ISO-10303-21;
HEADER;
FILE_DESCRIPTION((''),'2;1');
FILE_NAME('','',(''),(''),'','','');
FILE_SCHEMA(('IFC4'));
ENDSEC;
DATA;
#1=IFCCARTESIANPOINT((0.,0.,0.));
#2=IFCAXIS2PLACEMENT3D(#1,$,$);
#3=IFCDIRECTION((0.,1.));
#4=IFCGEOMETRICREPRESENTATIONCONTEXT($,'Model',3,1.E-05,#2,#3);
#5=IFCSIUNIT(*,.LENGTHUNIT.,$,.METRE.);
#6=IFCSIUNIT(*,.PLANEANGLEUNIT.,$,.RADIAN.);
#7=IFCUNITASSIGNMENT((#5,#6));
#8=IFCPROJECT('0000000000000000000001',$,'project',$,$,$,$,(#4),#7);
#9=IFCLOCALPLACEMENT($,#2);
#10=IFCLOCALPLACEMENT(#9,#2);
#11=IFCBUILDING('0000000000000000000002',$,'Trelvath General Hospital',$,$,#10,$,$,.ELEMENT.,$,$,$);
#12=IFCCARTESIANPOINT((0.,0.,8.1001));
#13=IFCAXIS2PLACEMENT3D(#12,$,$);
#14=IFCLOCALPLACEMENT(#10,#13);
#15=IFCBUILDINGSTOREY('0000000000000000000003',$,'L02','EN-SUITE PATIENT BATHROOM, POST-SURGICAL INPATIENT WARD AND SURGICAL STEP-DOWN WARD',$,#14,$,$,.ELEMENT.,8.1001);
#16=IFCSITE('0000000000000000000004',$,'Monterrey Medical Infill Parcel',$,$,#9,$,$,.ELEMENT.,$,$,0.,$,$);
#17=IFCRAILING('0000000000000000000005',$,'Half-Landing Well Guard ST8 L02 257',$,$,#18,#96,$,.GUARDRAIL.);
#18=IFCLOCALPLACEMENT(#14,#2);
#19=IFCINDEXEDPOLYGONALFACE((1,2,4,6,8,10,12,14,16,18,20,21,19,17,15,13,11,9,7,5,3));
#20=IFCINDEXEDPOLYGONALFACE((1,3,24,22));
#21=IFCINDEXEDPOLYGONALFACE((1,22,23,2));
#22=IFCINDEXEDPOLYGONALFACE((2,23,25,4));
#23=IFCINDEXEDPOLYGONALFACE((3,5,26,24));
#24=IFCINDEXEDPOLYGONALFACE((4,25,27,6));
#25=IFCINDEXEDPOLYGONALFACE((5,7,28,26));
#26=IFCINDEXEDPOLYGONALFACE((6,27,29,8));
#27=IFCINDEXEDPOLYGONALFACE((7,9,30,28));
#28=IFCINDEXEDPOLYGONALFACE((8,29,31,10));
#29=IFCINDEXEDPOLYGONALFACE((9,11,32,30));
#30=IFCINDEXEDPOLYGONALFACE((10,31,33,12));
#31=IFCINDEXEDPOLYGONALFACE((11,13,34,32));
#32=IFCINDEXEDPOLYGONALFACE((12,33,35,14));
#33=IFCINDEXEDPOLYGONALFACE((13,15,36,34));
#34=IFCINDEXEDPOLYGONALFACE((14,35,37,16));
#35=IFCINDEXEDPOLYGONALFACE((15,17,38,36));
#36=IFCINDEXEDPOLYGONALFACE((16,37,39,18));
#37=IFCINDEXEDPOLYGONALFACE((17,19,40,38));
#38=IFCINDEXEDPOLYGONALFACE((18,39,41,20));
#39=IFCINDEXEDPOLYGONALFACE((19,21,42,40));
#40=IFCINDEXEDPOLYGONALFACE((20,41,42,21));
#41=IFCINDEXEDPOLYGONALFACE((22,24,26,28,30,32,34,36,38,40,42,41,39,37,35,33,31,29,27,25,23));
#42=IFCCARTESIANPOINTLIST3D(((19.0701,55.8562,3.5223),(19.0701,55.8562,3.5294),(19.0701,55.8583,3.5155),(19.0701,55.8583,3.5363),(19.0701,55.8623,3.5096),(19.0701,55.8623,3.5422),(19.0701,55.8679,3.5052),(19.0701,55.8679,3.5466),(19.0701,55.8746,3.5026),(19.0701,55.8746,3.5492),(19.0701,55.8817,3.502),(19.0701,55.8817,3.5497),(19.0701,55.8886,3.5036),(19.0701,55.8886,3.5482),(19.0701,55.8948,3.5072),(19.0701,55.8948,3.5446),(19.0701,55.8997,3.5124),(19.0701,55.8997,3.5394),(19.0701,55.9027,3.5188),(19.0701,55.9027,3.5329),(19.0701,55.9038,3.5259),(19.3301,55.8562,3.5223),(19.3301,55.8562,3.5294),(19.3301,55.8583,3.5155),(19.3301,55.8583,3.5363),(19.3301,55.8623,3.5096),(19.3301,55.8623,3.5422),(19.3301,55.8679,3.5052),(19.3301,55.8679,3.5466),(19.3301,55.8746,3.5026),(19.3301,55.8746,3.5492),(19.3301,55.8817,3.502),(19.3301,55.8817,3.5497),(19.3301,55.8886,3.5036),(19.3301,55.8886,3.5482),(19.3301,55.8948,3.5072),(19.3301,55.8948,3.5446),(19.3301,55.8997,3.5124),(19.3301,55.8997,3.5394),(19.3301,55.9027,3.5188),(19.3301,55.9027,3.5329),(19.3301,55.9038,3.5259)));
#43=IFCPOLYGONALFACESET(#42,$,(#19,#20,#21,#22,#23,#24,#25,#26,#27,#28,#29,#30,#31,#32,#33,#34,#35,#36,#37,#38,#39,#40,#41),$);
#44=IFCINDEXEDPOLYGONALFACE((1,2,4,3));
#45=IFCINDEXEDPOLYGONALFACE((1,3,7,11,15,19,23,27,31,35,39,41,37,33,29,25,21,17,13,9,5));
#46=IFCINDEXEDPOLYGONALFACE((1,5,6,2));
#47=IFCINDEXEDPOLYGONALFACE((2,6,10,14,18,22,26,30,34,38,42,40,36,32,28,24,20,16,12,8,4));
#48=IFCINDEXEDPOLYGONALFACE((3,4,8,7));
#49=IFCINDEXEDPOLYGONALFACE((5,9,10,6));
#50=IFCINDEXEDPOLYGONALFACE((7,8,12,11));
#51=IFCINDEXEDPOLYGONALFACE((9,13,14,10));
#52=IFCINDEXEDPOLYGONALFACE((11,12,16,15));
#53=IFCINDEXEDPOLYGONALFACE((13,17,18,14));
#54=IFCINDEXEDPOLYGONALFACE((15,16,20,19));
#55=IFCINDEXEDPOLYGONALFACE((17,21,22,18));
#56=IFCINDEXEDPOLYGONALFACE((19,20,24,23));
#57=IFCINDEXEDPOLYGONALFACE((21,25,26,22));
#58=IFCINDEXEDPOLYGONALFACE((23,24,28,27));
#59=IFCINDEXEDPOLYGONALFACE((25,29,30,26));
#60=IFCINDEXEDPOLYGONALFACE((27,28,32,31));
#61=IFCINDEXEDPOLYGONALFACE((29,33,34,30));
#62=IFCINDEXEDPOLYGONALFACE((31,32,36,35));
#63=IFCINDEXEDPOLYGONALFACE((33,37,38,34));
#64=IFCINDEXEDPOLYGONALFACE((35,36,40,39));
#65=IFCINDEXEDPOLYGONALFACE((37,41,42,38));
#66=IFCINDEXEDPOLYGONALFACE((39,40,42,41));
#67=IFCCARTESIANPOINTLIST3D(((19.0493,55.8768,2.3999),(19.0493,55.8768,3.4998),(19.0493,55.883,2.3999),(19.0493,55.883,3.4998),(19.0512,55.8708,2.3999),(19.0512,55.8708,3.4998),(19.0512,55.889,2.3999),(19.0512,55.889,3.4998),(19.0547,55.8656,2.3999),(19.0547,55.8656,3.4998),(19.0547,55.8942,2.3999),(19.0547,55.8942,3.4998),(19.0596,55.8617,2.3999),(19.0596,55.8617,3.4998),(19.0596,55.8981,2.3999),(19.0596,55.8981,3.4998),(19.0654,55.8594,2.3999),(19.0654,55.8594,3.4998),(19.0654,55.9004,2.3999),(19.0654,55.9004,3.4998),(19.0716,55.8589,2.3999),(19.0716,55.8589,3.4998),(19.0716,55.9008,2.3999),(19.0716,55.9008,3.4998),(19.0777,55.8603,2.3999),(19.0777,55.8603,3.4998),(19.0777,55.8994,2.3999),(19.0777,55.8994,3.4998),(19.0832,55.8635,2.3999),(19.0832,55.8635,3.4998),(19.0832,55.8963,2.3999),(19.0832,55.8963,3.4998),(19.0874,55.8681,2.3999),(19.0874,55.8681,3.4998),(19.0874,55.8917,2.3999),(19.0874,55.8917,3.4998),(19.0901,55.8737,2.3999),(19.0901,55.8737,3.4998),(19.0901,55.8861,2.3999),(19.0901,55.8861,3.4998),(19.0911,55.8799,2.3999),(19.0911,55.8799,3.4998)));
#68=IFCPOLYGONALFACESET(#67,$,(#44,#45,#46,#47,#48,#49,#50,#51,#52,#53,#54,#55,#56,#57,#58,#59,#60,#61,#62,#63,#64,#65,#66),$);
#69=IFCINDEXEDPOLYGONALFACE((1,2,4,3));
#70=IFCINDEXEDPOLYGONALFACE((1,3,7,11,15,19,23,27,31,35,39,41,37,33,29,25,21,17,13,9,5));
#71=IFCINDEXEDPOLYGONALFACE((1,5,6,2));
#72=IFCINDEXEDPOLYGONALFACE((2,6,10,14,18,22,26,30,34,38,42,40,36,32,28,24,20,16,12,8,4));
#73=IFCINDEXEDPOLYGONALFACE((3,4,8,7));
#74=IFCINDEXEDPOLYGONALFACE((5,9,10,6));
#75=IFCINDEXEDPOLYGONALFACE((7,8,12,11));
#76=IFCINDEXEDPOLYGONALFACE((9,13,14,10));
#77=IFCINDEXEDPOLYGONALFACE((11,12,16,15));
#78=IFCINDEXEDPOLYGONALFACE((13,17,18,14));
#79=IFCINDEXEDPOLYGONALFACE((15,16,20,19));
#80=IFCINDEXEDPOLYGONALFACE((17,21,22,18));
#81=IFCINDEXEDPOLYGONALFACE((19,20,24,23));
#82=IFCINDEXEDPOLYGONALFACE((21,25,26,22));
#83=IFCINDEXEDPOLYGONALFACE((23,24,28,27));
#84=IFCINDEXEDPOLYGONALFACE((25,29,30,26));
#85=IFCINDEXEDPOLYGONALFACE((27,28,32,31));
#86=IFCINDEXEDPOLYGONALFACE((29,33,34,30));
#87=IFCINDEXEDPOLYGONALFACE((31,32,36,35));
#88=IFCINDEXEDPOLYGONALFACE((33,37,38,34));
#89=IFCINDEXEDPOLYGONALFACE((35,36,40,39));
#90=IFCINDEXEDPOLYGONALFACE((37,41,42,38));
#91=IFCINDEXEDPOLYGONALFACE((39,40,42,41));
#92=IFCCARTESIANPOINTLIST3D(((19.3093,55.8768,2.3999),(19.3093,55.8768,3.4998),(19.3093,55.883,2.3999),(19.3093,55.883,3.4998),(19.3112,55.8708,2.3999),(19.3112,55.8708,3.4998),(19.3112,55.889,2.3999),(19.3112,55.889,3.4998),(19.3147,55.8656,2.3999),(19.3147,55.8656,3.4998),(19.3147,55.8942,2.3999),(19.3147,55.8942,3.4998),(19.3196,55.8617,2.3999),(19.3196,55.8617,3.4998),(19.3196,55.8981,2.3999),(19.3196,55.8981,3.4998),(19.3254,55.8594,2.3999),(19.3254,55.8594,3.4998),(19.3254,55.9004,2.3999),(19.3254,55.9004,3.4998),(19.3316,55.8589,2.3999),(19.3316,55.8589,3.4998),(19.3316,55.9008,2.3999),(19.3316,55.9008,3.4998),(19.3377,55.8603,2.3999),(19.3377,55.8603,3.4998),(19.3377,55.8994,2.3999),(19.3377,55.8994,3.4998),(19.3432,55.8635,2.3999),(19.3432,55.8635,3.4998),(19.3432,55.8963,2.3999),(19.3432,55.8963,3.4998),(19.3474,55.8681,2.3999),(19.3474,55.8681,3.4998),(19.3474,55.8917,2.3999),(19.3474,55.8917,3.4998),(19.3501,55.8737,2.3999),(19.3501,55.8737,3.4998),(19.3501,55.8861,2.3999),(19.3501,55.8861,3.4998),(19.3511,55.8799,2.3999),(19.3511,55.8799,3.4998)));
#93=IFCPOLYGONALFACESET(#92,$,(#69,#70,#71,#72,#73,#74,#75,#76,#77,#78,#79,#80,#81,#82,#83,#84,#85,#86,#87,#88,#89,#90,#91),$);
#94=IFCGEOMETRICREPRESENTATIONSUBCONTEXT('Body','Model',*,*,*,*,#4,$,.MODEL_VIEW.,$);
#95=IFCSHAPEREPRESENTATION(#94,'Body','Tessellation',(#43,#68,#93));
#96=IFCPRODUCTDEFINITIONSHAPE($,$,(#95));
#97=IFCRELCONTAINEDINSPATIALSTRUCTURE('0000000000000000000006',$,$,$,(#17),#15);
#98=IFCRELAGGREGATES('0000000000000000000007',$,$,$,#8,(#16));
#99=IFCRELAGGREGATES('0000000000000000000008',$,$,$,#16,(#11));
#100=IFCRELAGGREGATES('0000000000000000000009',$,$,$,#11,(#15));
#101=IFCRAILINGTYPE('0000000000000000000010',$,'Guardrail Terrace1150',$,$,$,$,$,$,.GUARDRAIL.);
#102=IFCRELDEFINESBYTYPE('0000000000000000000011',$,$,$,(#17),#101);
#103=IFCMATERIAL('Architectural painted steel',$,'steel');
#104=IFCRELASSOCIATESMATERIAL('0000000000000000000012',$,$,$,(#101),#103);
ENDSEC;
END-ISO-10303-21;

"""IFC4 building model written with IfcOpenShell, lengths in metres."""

from ifc_helpers import new_model, si_unit, direction, frame, origin, origin_2d, place, context, subcontext, project, spatial, circle, extrude, material, type_object, element, save


model = new_model("IFC4")

# Units and contexts
model_context = context("Model", 3, precision=1e-05, world=origin(), true_north=direction((0.0, 1.0)))
body_context = subcontext(model_context, "Body", "Model", "MODEL_VIEW")
ifc_project = project(units=[si_unit("LENGTHUNIT", "METRE"), si_unit("PLANEANGLEUNIT", "RADIAN")], contexts=[model_context])

# Site, building, storey
site_placement = place(None, origin())
site = spatial("IfcSite", under=ifc_project, at=site_placement, Name="Monterrey Medical Infill Parcel", CompositionType="ELEMENT", RefElevation=0.0)
building_placement = place(site_placement, origin())
building = spatial("IfcBuilding", under=site, at=building_placement, Name="Trelvath General Hospital", CompositionType="ELEMENT")
storey_placement = place(building_placement, frame((0.0, 0.0, 8.1001)))
storey = spatial("IfcBuildingStorey", under=building, at=storey_placement, Name="L02", Description="EN-SUITE PATIENT BATHROOM, POST-SURGICAL INPATIENT WARD AND SURGICAL STEP-DOWN WARD", CompositionType="ELEMENT", Elevation=8.1001)

# Railing
ifc_material_1 = material(Name="Architectural painted steel", Category="steel")
railing_type_1 = type_object("IfcRailingType", Name="Guardrail Terrace1150", PredefinedType="GUARDRAIL", material=ifc_material_1)
railing_1_placement = place(storey_placement, frame((19.0701, 55.8799, 2.3999)))
element("IfcRailing", 1, at=railing_1_placement, inside=storey, type_object=railing_type_1, Name="Half-Landing Well Guard ST8 L02 257", PredefinedType="GUARDRAIL", context=body_context, shape_type="SweptSolid", body=[
    extrude(circle(Radius=0.0239, at=origin_2d()), frame((0.0, 0.0, 1.126), z_axis=(1.0, 0.0, 0.0), x_axis=(0.0, 1.0, 0.0)), (0.0, 0.0, 1.0), 0.26),
    extrude(circle(Radius=0.021, at=origin_2d()), origin(), (0.0, 0.0, 1.0), 1.0999),
    extrude(circle(Radius=0.021, at=origin_2d()), frame((0.26, 0.0, 0.0)), (0.0, 0.0, 1.0), 1.0999),
])

save(model, "model.ifc")
